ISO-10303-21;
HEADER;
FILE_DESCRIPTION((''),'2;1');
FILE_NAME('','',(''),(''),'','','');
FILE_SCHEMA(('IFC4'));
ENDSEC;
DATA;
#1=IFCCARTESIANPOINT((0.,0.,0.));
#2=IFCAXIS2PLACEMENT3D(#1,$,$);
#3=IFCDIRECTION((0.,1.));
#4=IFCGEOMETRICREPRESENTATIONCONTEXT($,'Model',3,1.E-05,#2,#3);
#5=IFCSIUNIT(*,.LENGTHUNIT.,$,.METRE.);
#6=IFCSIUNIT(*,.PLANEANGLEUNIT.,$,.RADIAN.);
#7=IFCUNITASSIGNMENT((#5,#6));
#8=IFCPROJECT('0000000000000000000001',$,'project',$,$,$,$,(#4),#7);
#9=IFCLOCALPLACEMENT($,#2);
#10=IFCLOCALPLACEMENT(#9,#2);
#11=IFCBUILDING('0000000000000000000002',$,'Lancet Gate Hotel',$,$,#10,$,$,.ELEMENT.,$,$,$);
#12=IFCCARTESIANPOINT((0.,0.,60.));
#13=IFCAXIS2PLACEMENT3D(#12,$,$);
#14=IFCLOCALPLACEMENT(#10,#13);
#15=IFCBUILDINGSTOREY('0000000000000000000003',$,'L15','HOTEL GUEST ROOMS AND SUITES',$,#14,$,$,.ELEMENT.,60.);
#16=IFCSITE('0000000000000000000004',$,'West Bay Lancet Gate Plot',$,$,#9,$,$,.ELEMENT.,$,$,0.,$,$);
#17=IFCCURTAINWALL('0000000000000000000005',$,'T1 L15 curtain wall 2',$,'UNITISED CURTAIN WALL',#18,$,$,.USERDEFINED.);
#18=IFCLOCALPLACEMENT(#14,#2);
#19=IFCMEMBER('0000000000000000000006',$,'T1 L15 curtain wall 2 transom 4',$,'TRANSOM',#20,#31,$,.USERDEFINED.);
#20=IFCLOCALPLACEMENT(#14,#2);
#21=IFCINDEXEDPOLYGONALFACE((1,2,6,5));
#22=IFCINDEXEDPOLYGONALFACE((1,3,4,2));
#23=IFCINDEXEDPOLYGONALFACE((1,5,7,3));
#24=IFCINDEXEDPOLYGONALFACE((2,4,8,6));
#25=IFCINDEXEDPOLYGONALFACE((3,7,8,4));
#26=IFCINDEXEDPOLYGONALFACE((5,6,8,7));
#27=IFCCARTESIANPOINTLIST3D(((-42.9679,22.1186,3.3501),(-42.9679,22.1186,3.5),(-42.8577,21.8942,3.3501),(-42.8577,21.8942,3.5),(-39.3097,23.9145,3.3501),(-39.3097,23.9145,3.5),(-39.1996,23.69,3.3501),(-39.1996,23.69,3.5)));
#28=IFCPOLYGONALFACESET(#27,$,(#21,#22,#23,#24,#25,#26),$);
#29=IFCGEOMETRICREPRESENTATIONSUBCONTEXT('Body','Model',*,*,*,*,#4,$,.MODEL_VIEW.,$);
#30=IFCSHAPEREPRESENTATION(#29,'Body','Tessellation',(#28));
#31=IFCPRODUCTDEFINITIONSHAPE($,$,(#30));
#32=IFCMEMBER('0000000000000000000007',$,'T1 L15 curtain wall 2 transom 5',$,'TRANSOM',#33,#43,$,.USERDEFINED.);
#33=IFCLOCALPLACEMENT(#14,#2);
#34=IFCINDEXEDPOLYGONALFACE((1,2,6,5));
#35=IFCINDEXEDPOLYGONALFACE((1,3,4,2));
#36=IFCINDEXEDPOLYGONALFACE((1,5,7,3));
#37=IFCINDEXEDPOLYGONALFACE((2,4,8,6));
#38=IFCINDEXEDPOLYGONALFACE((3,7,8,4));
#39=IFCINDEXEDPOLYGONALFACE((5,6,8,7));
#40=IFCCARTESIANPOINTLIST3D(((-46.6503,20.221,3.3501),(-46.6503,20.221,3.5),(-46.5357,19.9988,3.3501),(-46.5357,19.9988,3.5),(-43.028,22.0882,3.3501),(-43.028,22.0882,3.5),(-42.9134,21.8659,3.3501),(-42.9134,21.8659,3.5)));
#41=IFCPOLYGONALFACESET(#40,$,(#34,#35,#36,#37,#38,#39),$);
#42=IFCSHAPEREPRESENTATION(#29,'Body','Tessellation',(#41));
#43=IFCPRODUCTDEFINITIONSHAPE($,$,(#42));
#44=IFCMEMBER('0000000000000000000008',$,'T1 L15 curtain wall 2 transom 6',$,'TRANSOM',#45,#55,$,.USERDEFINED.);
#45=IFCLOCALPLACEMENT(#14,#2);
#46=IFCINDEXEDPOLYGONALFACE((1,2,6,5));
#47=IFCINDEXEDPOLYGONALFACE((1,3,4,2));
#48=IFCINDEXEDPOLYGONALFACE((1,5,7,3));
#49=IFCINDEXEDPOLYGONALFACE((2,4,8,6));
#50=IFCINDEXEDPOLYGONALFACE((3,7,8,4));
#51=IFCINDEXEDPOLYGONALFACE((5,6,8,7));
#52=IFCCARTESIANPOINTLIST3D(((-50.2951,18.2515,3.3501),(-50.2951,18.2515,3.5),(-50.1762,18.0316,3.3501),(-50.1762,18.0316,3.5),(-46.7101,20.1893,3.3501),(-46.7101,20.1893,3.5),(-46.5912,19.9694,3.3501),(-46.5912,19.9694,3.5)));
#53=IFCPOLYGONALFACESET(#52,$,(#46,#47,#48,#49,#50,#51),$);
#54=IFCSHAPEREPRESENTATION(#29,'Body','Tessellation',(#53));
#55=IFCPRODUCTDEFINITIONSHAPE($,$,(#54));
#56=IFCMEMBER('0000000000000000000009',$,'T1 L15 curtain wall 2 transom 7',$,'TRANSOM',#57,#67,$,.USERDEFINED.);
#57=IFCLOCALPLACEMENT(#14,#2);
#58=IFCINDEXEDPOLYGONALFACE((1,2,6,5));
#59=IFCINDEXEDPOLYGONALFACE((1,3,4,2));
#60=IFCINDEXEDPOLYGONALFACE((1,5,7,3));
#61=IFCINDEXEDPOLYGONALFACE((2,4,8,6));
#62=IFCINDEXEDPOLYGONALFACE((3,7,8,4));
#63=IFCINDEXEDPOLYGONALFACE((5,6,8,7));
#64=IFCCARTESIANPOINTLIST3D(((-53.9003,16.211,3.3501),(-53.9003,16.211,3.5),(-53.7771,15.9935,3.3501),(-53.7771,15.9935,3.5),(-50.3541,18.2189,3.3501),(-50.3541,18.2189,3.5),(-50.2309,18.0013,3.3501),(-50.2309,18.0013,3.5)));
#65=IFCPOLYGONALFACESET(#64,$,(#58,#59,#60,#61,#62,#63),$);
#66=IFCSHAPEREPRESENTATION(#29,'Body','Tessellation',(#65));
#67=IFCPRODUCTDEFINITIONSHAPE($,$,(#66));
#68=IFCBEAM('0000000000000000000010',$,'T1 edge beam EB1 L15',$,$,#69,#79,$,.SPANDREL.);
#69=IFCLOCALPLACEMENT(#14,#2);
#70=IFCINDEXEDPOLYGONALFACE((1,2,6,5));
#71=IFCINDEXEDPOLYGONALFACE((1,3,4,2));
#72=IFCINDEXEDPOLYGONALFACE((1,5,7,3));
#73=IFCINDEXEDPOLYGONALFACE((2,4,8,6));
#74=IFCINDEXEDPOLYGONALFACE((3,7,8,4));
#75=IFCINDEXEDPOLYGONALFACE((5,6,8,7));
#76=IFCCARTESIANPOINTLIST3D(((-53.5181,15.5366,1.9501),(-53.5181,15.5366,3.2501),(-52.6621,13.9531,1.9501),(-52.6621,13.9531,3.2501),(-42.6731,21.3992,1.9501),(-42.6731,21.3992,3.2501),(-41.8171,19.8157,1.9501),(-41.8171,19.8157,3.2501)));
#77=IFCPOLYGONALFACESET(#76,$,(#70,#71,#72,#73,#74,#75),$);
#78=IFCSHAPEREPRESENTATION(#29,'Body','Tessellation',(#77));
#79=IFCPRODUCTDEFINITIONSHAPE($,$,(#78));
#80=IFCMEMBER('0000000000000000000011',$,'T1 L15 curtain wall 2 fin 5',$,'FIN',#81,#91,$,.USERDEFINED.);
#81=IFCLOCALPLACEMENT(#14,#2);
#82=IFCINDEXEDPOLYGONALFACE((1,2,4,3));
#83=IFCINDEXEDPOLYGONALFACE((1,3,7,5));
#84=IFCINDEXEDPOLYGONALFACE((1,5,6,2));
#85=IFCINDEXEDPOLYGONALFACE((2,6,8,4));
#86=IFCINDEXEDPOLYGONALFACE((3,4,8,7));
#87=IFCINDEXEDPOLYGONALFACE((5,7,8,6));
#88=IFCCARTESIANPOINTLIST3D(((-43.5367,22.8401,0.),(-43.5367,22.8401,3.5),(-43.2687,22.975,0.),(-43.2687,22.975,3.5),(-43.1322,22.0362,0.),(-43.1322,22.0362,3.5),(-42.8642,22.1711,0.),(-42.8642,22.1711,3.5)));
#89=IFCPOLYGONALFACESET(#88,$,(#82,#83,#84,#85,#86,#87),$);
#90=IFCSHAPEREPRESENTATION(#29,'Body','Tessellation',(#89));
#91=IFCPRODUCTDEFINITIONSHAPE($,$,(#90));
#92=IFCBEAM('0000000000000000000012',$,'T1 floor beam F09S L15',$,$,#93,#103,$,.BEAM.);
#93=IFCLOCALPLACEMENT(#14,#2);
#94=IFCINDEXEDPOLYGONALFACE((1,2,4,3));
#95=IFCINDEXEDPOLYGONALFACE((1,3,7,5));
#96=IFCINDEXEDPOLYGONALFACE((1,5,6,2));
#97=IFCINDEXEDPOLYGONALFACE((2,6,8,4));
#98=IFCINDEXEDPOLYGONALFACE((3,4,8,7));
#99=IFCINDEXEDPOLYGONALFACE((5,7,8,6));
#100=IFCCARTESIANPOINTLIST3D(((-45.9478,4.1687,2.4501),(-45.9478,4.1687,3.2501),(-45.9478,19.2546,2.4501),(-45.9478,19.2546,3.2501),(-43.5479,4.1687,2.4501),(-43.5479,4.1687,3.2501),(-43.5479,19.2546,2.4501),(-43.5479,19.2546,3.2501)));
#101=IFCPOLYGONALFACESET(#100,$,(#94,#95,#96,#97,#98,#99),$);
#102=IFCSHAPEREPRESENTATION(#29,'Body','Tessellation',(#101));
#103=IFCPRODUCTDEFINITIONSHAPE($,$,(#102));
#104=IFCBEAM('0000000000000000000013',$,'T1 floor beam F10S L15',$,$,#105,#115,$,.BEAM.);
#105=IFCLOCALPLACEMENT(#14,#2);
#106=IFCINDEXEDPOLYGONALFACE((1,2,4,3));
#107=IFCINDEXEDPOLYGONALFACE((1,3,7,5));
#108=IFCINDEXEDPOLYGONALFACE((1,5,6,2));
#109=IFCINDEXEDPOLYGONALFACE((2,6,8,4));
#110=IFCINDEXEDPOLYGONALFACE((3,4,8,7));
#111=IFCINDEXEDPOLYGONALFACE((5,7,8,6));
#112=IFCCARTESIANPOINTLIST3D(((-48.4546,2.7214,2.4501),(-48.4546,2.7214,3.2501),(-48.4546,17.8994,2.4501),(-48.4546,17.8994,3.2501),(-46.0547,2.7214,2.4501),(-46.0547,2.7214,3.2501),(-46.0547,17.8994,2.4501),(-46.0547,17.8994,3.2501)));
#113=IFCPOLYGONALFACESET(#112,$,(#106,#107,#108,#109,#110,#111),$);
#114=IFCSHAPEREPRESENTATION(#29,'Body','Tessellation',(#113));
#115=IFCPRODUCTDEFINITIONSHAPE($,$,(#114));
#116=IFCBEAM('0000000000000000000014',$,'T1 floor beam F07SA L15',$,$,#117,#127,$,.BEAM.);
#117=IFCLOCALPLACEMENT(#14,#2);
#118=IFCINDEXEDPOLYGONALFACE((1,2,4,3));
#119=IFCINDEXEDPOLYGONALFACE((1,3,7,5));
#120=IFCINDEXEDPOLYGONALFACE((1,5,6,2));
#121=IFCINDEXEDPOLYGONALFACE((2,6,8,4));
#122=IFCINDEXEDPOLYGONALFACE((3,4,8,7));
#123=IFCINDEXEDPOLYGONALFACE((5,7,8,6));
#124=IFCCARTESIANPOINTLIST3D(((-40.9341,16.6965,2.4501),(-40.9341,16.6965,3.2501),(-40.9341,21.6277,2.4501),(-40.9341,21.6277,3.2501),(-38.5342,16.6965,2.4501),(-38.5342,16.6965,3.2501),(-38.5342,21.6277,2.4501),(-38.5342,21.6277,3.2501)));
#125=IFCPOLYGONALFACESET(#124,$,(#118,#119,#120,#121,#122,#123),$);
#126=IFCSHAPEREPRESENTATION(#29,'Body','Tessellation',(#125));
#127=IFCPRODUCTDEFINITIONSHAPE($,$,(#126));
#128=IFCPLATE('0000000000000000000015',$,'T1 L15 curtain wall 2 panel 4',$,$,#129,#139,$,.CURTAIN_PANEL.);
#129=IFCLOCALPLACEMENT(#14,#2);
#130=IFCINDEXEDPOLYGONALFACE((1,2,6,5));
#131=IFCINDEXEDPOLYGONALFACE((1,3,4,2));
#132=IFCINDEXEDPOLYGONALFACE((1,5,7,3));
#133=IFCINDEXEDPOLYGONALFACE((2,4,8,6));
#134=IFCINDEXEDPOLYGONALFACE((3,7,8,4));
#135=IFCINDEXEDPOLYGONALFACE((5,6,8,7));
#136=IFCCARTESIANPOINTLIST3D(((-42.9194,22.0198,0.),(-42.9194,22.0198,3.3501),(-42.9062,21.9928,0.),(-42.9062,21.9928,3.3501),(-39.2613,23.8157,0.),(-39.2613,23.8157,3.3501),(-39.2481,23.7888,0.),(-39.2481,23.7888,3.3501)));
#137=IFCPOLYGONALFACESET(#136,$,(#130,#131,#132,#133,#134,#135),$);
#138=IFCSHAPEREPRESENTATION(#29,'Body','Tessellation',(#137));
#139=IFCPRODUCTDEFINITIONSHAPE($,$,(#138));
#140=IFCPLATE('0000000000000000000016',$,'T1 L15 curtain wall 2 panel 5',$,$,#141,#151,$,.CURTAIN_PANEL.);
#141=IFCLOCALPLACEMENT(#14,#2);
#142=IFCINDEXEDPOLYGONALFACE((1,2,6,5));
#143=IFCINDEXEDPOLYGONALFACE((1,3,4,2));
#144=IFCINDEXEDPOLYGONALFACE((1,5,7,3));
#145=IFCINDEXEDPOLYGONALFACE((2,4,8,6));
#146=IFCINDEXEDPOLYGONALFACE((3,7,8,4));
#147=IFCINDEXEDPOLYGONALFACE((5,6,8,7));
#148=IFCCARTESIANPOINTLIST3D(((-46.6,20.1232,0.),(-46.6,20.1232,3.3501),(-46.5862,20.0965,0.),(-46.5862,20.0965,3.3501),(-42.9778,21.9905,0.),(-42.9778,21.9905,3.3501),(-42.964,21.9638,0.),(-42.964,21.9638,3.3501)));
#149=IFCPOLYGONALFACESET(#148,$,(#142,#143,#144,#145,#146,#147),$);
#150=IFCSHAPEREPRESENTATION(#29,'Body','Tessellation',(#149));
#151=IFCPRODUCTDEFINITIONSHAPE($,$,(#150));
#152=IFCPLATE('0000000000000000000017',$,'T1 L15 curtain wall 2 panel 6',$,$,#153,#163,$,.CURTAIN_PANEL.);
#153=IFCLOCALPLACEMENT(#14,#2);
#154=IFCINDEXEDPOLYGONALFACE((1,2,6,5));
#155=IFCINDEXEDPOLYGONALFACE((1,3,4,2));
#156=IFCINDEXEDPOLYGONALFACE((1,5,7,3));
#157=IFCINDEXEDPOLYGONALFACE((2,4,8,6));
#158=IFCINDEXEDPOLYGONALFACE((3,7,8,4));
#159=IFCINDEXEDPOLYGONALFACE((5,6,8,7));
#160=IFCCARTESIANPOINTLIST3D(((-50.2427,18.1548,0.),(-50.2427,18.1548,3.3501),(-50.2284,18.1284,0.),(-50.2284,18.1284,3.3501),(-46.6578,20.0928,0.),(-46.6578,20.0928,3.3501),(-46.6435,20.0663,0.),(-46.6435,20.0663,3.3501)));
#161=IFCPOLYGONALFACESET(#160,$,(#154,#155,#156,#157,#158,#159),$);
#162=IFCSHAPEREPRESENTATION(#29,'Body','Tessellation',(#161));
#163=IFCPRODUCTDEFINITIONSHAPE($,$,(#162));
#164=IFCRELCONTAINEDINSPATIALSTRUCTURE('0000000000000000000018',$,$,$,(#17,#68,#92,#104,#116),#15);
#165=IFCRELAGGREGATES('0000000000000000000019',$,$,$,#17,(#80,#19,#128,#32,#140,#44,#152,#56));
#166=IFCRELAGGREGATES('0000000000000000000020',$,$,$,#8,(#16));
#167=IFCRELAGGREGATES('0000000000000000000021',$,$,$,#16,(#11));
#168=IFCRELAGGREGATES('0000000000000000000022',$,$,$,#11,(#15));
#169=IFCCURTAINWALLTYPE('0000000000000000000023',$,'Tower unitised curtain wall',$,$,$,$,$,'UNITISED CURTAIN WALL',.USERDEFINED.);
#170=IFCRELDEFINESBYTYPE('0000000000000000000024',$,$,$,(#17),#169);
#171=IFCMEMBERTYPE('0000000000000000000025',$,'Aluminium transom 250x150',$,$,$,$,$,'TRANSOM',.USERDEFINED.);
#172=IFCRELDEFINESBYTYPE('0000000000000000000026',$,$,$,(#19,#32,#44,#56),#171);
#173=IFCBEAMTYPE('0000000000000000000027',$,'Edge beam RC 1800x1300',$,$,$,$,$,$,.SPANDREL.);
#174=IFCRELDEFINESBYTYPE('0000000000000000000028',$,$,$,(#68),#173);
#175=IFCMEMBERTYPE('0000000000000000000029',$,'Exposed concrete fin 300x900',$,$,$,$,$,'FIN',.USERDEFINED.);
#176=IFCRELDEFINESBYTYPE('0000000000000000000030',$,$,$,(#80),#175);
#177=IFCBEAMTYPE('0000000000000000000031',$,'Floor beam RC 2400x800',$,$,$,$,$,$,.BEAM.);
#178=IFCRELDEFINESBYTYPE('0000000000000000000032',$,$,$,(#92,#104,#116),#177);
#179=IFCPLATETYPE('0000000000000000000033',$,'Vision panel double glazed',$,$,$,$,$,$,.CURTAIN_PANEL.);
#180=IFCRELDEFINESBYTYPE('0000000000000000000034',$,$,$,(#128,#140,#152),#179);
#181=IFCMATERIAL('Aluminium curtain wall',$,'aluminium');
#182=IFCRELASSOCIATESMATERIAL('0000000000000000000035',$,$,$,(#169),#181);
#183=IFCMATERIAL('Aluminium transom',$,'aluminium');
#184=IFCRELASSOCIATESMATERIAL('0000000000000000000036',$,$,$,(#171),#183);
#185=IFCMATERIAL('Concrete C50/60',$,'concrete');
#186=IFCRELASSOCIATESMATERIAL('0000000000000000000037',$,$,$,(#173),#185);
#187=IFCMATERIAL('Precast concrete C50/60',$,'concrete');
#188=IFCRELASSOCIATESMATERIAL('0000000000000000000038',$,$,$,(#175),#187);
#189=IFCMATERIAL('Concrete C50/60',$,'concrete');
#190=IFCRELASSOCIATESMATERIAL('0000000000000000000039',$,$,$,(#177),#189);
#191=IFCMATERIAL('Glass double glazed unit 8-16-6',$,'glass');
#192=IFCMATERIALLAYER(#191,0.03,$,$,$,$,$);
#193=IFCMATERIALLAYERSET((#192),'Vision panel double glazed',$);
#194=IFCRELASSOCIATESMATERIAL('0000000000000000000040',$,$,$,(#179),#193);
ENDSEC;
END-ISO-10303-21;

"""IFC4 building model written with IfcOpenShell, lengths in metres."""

from ifc_helpers import new_model, si_unit, direction, frame, origin, origin_2d, place, context, subcontext, project, spatial, rectangle, extrude, material, layer, layer_set, material_profile, profile_set, type_object, element, aggregate, save


model = new_model("IFC4")

# Units and contexts
model_context = context("Model", 3, precision=1e-05, world=origin(), true_north=direction((0.0, 1.0)))
body_context = subcontext(model_context, "Body", "Model", "MODEL_VIEW")
ifc_project = project(units=[si_unit("LENGTHUNIT", "METRE"), si_unit("PLANEANGLEUNIT", "RADIAN")], contexts=[model_context])

# Site, building, storey
site_placement = place(None, origin())
site = spatial("IfcSite", under=ifc_project, at=site_placement, Name="West Bay Lancet Gate Plot", CompositionType="ELEMENT", RefElevation=0.0)
building_placement = place(site_placement, origin())
building = spatial("IfcBuilding", under=site, at=building_placement, Name="Lancet Gate Hotel", CompositionType="ELEMENT")
storey_placement = place(building_placement, frame((0.0, 0.0, 60.0)))
storey = spatial("IfcBuildingStorey", under=building, at=storey_placement, Name="L15", Description="HOTEL GUEST ROOMS AND SUITES", CompositionType="ELEMENT", Elevation=60.0)

# Curtain wall, members
ifc_material_1 = material(Name="Aluminium curtain wall", Category="aluminium")
curtain_wall_type = type_object("IfcCurtainWallType", Name="Tower unitised curtain wall", ElementType="UNITISED CURTAIN WALL", PredefinedType="USERDEFINED", material=ifc_material_1)
curtain_wall_placement = place(storey_placement, origin())
curtain_wall = element("IfcCurtainWall", 1, at=curtain_wall_placement, inside=storey, type_object=curtain_wall_type, Name="T1 L15 curtain wall 2", ObjectType="UNITISED CURTAIN WALL", PredefinedType="USERDEFINED")
ifc_material_2 = material(Name="Aluminium transom", Category="aluminium")
ifc_material_profile_1 = material_profile(ifc_material_2, rectangle(XDim=0.25, YDim=0.1499, at=origin_2d()), Name="TRANSOM 250x150")
ifc_profile_set_1 = profile_set([ifc_material_profile_1], Name="Aluminium transom")
member_type_1 = type_object("IfcMemberType", Name="Aluminium transom 250x150", ElementType="TRANSOM", PredefinedType="USERDEFINED", material=ifc_profile_set_1)
member_1_placement = place(storey_placement, frame((-39.2546, 23.8022, 3.425), z_axis=(-0.897662, -0.440684, 0.0), x_axis=(0.440684, -0.897662, 0.0)))
member_1 = element("IfcMember", 2, at=member_1_placement, type_object=member_type_1, Name="T1 L15 curtain wall 2 transom 4", ObjectType="TRANSOM", PredefinedType="USERDEFINED", context=body_context, shape_type="SweptSolid", body=[
    extrude(rectangle(XDim=0.25, YDim=0.1499, at=origin_2d()), origin(), (0.0, 0.0, 1.0), 4.0752),
])
member_2_placement = place(storey_placement, frame((-42.9707, 21.9771, 3.425), z_axis=(-0.88886, -0.458179, 0.0), x_axis=(0.458179, -0.88886, 0.0)))
member_2 = element("IfcMember", 3, at=member_2_placement, type_object=member_type_1, Name="T1 L15 curtain wall 2 transom 5", ObjectType="TRANSOM", PredefinedType="USERDEFINED", context=body_context, shape_type="SweptSolid", body=[
    extrude(rectangle(XDim=0.25, YDim=0.1499, at=origin_2d()), origin(), (0.0, 0.0, 1.0), 4.0752),
])
member_3_placement = place(storey_placement, frame((-46.6506, 20.0793, 3.425), z_axis=(-0.879714, -0.475503, 0.0), x_axis=(0.475503, -0.879714, 0.0)))
member_3 = element("IfcMember", 4, at=member_3_placement, type_object=member_type_1, Name="T1 L15 curtain wall 2 transom 6", ObjectType="TRANSOM", PredefinedType="USERDEFINED", context=body_context, shape_type="SweptSolid", body=[
    extrude(rectangle(XDim=0.25, YDim=0.1499, at=origin_2d()), origin(), (0.0, 0.0, 1.0), 4.0752),
])
member_4_placement = place(storey_placement, frame((-50.2925, 18.1101, 3.425), z_axis=(-0.870198, -0.492703, 0.0), x_axis=(0.492703, -0.870198, 0.0)))
member_4 = element("IfcMember", 5, at=member_4_placement, type_object=member_type_1, Name="T1 L15 curtain wall 2 transom 7", ObjectType="TRANSOM", PredefinedType="USERDEFINED", context=body_context, shape_type="SweptSolid", body=[
    extrude(rectangle(XDim=0.25, YDim=0.1499, at=origin_2d()), origin(), (0.0, 0.0, 1.0), 4.0752),
])

# Beam
ifc_material_3 = material(Name="Concrete C50/60", Category="concrete")
ifc_material_profile_2 = material_profile(ifc_material_3, rectangle(XDim=1.8, YDim=1.3, at=origin_2d()), Name="RC 1800x1300")
ifc_profile_set_2 = profile_set([ifc_material_profile_2], Name="Concrete C50/60")
beam_type_1 = type_object("IfcBeamType", Name="Edge beam RC 1800x1300", PredefinedType="SPANDREL", material=ifc_profile_set_2)
beam_1_placement = place(storey_placement, frame((-42.2451, 20.6074, 2.6001), z_axis=(-0.879693, -0.475542, 0.0), x_axis=(0.475542, -0.879693, 0.0)))
element("IfcBeam", 6, at=beam_1_placement, inside=storey, type_object=beam_type_1, Name="T1 edge beam EB1 L15", PredefinedType="SPANDREL", context=body_context, shape_type="SweptSolid", body=[
    extrude(rectangle(XDim=1.8, YDim=1.3, at=origin_2d()), origin(), (0.0, 0.0, 1.0), 12.3281),
])

# Member
ifc_material_4 = material(Name="Precast concrete C50/60", Category="concrete")
ifc_material_profile_3 = material_profile(ifc_material_4, rectangle(XDim=0.3, YDim=0.8999, at=origin_2d()), Name="FIN 300x900")
ifc_profile_set_3 = profile_set([ifc_material_profile_3], Name="Precast concrete C50/60")
member_type_2 = type_object("IfcMemberType", Name="Exposed concrete fin 300x900", ElementType="FIN", PredefinedType="USERDEFINED", material=ifc_profile_set_3)
member_5_placement = place(storey_placement, frame((-43.2004, 22.5056, 0.0), z_axis=(0.0, 0.0, 1.0), x_axis=(-0.893292, -0.449478, 0.0)))
member_5 = element("IfcMember", 7, at=member_5_placement, type_object=member_type_2, Name="T1 L15 curtain wall 2 fin 5", ObjectType="FIN", PredefinedType="USERDEFINED", context=body_context, shape_type="SweptSolid", body=[
    extrude(rectangle(XDim=0.3, YDim=0.8999, at=origin_2d()), origin(), (0.0, 0.0, 1.0), 3.5),
])

# Beams
ifc_material_5 = material(Name="Concrete C50/60", Category="concrete")
ifc_material_profile_4 = material_profile(ifc_material_5, rectangle(XDim=2.3999, YDim=0.8, at=origin_2d()), Name="RC 2400x800")
ifc_profile_set_4 = profile_set([ifc_material_profile_4], Name="Concrete C50/60")
beam_type_2 = type_object("IfcBeamType", Name="Floor beam RC 2400x800", PredefinedType="BEAM", material=ifc_profile_set_4)
beam_2_placement = place(storey_placement, frame((-44.7478, 19.2546, 2.8501), z_axis=(0.0, -1.0, 0.0), x_axis=(1.0, 0.0, 0.0)))
element("IfcBeam", 8, at=beam_2_placement, inside=storey, type_object=beam_type_2, Name="T1 floor beam F09S L15", PredefinedType="BEAM", context=body_context, shape_type="SweptSolid", body=[
    extrude(rectangle(XDim=2.3999, YDim=0.8, at=origin_2d()), origin(), (0.0, 0.0, 1.0), 15.0859),
])
beam_3_placement = place(storey_placement, frame((-47.2546, 17.8994, 2.8501), z_axis=(0.0, -1.0, 0.0), x_axis=(1.0, 0.0, 0.0)))
element("IfcBeam", 9, at=beam_3_placement, inside=storey, type_object=beam_type_2, Name="T1 floor beam F10S L15", PredefinedType="BEAM", context=body_context, shape_type="SweptSolid", body=[
    extrude(rectangle(XDim=2.3999, YDim=0.8, at=origin_2d()), origin(), (0.0, 0.0, 1.0), 15.178),
])
beam_4_placement = place(storey_placement, frame((-39.7341, 21.6277, 2.8501), z_axis=(0.0, -1.0, 0.0), x_axis=(1.0, 0.0, 0.0)))
element("IfcBeam", 10, at=beam_4_placement, inside=storey, type_object=beam_type_2, Name="T1 floor beam F07SA L15", PredefinedType="BEAM", context=body_context, shape_type="SweptSolid", body=[
    extrude(rectangle(XDim=2.3999, YDim=0.8, at=origin_2d()), origin(), (0.0, 0.0, 1.0), 4.9312),
])

# Plates
ifc_material_6 = material(Name="Glass double glazed unit 8-16-6", Category="glass")
ifc_layer = layer(ifc_material_6, 0.03)
ifc_layer_set = layer_set([ifc_layer], Name="Vision panel double glazed")
plate_type = type_object("IfcPlateType", Name="Vision panel double glazed", PredefinedType="CURTAIN_PANEL", material=ifc_layer_set)
plate_1_placement = place(storey_placement, frame((-41.0837, 22.9043, 0.0), z_axis=(0.0, 0.0, 1.0), x_axis=(-0.897653, -0.440702, 0.0)))
plate_1 = element("IfcPlate", 11, at=plate_1_placement, type_object=plate_type, Name="T1 L15 curtain wall 2 panel 4", PredefinedType="CURTAIN_PANEL", context=body_context, shape_type="SweptSolid", body=[
    extrude(rectangle(XDim=4.0752, YDim=0.03, at=origin_2d()), origin(), (0.0, 0.0, 1.0), 3.3501),
])
plate_2_placement = place(storey_placement, frame((-44.782, 21.0435, 0.0), z_axis=(0.0, 0.0, 1.0), x_axis=(-0.888844, -0.45821, 0.0)))
plate_2 = element("IfcPlate", 12, at=plate_2_placement, type_object=plate_type, Name="T1 L15 curtain wall 2 panel 5", PredefinedType="CURTAIN_PANEL", context=body_context, shape_type="SweptSolid", body=[
    extrude(rectangle(XDim=4.0752, YDim=0.03, at=origin_2d()), origin(), (0.0, 0.0, 1.0), 3.3501),
])
plate_3_placement = place(storey_placement, frame((-48.4431, 19.1106, 0.0), z_axis=(0.0, 0.0, 1.0), x_axis=(-0.879693, -0.475541, 0.0)))
plate_3 = element("IfcPlate", 13, at=plate_3_placement, type_object=plate_type, Name="T1 L15 curtain wall 2 panel 6", PredefinedType="CURTAIN_PANEL", context=body_context, shape_type="SweptSolid", body=[
    extrude(rectangle(XDim=4.0752, YDim=0.03, at=origin_2d()), origin(), (0.0, 0.0, 1.0), 3.3501),
])
aggregate(curtain_wall, [member_5, member_1, plate_1, member_2, plate_2, member_3, plate_3, member_4])

save(model, "model.ifc")
